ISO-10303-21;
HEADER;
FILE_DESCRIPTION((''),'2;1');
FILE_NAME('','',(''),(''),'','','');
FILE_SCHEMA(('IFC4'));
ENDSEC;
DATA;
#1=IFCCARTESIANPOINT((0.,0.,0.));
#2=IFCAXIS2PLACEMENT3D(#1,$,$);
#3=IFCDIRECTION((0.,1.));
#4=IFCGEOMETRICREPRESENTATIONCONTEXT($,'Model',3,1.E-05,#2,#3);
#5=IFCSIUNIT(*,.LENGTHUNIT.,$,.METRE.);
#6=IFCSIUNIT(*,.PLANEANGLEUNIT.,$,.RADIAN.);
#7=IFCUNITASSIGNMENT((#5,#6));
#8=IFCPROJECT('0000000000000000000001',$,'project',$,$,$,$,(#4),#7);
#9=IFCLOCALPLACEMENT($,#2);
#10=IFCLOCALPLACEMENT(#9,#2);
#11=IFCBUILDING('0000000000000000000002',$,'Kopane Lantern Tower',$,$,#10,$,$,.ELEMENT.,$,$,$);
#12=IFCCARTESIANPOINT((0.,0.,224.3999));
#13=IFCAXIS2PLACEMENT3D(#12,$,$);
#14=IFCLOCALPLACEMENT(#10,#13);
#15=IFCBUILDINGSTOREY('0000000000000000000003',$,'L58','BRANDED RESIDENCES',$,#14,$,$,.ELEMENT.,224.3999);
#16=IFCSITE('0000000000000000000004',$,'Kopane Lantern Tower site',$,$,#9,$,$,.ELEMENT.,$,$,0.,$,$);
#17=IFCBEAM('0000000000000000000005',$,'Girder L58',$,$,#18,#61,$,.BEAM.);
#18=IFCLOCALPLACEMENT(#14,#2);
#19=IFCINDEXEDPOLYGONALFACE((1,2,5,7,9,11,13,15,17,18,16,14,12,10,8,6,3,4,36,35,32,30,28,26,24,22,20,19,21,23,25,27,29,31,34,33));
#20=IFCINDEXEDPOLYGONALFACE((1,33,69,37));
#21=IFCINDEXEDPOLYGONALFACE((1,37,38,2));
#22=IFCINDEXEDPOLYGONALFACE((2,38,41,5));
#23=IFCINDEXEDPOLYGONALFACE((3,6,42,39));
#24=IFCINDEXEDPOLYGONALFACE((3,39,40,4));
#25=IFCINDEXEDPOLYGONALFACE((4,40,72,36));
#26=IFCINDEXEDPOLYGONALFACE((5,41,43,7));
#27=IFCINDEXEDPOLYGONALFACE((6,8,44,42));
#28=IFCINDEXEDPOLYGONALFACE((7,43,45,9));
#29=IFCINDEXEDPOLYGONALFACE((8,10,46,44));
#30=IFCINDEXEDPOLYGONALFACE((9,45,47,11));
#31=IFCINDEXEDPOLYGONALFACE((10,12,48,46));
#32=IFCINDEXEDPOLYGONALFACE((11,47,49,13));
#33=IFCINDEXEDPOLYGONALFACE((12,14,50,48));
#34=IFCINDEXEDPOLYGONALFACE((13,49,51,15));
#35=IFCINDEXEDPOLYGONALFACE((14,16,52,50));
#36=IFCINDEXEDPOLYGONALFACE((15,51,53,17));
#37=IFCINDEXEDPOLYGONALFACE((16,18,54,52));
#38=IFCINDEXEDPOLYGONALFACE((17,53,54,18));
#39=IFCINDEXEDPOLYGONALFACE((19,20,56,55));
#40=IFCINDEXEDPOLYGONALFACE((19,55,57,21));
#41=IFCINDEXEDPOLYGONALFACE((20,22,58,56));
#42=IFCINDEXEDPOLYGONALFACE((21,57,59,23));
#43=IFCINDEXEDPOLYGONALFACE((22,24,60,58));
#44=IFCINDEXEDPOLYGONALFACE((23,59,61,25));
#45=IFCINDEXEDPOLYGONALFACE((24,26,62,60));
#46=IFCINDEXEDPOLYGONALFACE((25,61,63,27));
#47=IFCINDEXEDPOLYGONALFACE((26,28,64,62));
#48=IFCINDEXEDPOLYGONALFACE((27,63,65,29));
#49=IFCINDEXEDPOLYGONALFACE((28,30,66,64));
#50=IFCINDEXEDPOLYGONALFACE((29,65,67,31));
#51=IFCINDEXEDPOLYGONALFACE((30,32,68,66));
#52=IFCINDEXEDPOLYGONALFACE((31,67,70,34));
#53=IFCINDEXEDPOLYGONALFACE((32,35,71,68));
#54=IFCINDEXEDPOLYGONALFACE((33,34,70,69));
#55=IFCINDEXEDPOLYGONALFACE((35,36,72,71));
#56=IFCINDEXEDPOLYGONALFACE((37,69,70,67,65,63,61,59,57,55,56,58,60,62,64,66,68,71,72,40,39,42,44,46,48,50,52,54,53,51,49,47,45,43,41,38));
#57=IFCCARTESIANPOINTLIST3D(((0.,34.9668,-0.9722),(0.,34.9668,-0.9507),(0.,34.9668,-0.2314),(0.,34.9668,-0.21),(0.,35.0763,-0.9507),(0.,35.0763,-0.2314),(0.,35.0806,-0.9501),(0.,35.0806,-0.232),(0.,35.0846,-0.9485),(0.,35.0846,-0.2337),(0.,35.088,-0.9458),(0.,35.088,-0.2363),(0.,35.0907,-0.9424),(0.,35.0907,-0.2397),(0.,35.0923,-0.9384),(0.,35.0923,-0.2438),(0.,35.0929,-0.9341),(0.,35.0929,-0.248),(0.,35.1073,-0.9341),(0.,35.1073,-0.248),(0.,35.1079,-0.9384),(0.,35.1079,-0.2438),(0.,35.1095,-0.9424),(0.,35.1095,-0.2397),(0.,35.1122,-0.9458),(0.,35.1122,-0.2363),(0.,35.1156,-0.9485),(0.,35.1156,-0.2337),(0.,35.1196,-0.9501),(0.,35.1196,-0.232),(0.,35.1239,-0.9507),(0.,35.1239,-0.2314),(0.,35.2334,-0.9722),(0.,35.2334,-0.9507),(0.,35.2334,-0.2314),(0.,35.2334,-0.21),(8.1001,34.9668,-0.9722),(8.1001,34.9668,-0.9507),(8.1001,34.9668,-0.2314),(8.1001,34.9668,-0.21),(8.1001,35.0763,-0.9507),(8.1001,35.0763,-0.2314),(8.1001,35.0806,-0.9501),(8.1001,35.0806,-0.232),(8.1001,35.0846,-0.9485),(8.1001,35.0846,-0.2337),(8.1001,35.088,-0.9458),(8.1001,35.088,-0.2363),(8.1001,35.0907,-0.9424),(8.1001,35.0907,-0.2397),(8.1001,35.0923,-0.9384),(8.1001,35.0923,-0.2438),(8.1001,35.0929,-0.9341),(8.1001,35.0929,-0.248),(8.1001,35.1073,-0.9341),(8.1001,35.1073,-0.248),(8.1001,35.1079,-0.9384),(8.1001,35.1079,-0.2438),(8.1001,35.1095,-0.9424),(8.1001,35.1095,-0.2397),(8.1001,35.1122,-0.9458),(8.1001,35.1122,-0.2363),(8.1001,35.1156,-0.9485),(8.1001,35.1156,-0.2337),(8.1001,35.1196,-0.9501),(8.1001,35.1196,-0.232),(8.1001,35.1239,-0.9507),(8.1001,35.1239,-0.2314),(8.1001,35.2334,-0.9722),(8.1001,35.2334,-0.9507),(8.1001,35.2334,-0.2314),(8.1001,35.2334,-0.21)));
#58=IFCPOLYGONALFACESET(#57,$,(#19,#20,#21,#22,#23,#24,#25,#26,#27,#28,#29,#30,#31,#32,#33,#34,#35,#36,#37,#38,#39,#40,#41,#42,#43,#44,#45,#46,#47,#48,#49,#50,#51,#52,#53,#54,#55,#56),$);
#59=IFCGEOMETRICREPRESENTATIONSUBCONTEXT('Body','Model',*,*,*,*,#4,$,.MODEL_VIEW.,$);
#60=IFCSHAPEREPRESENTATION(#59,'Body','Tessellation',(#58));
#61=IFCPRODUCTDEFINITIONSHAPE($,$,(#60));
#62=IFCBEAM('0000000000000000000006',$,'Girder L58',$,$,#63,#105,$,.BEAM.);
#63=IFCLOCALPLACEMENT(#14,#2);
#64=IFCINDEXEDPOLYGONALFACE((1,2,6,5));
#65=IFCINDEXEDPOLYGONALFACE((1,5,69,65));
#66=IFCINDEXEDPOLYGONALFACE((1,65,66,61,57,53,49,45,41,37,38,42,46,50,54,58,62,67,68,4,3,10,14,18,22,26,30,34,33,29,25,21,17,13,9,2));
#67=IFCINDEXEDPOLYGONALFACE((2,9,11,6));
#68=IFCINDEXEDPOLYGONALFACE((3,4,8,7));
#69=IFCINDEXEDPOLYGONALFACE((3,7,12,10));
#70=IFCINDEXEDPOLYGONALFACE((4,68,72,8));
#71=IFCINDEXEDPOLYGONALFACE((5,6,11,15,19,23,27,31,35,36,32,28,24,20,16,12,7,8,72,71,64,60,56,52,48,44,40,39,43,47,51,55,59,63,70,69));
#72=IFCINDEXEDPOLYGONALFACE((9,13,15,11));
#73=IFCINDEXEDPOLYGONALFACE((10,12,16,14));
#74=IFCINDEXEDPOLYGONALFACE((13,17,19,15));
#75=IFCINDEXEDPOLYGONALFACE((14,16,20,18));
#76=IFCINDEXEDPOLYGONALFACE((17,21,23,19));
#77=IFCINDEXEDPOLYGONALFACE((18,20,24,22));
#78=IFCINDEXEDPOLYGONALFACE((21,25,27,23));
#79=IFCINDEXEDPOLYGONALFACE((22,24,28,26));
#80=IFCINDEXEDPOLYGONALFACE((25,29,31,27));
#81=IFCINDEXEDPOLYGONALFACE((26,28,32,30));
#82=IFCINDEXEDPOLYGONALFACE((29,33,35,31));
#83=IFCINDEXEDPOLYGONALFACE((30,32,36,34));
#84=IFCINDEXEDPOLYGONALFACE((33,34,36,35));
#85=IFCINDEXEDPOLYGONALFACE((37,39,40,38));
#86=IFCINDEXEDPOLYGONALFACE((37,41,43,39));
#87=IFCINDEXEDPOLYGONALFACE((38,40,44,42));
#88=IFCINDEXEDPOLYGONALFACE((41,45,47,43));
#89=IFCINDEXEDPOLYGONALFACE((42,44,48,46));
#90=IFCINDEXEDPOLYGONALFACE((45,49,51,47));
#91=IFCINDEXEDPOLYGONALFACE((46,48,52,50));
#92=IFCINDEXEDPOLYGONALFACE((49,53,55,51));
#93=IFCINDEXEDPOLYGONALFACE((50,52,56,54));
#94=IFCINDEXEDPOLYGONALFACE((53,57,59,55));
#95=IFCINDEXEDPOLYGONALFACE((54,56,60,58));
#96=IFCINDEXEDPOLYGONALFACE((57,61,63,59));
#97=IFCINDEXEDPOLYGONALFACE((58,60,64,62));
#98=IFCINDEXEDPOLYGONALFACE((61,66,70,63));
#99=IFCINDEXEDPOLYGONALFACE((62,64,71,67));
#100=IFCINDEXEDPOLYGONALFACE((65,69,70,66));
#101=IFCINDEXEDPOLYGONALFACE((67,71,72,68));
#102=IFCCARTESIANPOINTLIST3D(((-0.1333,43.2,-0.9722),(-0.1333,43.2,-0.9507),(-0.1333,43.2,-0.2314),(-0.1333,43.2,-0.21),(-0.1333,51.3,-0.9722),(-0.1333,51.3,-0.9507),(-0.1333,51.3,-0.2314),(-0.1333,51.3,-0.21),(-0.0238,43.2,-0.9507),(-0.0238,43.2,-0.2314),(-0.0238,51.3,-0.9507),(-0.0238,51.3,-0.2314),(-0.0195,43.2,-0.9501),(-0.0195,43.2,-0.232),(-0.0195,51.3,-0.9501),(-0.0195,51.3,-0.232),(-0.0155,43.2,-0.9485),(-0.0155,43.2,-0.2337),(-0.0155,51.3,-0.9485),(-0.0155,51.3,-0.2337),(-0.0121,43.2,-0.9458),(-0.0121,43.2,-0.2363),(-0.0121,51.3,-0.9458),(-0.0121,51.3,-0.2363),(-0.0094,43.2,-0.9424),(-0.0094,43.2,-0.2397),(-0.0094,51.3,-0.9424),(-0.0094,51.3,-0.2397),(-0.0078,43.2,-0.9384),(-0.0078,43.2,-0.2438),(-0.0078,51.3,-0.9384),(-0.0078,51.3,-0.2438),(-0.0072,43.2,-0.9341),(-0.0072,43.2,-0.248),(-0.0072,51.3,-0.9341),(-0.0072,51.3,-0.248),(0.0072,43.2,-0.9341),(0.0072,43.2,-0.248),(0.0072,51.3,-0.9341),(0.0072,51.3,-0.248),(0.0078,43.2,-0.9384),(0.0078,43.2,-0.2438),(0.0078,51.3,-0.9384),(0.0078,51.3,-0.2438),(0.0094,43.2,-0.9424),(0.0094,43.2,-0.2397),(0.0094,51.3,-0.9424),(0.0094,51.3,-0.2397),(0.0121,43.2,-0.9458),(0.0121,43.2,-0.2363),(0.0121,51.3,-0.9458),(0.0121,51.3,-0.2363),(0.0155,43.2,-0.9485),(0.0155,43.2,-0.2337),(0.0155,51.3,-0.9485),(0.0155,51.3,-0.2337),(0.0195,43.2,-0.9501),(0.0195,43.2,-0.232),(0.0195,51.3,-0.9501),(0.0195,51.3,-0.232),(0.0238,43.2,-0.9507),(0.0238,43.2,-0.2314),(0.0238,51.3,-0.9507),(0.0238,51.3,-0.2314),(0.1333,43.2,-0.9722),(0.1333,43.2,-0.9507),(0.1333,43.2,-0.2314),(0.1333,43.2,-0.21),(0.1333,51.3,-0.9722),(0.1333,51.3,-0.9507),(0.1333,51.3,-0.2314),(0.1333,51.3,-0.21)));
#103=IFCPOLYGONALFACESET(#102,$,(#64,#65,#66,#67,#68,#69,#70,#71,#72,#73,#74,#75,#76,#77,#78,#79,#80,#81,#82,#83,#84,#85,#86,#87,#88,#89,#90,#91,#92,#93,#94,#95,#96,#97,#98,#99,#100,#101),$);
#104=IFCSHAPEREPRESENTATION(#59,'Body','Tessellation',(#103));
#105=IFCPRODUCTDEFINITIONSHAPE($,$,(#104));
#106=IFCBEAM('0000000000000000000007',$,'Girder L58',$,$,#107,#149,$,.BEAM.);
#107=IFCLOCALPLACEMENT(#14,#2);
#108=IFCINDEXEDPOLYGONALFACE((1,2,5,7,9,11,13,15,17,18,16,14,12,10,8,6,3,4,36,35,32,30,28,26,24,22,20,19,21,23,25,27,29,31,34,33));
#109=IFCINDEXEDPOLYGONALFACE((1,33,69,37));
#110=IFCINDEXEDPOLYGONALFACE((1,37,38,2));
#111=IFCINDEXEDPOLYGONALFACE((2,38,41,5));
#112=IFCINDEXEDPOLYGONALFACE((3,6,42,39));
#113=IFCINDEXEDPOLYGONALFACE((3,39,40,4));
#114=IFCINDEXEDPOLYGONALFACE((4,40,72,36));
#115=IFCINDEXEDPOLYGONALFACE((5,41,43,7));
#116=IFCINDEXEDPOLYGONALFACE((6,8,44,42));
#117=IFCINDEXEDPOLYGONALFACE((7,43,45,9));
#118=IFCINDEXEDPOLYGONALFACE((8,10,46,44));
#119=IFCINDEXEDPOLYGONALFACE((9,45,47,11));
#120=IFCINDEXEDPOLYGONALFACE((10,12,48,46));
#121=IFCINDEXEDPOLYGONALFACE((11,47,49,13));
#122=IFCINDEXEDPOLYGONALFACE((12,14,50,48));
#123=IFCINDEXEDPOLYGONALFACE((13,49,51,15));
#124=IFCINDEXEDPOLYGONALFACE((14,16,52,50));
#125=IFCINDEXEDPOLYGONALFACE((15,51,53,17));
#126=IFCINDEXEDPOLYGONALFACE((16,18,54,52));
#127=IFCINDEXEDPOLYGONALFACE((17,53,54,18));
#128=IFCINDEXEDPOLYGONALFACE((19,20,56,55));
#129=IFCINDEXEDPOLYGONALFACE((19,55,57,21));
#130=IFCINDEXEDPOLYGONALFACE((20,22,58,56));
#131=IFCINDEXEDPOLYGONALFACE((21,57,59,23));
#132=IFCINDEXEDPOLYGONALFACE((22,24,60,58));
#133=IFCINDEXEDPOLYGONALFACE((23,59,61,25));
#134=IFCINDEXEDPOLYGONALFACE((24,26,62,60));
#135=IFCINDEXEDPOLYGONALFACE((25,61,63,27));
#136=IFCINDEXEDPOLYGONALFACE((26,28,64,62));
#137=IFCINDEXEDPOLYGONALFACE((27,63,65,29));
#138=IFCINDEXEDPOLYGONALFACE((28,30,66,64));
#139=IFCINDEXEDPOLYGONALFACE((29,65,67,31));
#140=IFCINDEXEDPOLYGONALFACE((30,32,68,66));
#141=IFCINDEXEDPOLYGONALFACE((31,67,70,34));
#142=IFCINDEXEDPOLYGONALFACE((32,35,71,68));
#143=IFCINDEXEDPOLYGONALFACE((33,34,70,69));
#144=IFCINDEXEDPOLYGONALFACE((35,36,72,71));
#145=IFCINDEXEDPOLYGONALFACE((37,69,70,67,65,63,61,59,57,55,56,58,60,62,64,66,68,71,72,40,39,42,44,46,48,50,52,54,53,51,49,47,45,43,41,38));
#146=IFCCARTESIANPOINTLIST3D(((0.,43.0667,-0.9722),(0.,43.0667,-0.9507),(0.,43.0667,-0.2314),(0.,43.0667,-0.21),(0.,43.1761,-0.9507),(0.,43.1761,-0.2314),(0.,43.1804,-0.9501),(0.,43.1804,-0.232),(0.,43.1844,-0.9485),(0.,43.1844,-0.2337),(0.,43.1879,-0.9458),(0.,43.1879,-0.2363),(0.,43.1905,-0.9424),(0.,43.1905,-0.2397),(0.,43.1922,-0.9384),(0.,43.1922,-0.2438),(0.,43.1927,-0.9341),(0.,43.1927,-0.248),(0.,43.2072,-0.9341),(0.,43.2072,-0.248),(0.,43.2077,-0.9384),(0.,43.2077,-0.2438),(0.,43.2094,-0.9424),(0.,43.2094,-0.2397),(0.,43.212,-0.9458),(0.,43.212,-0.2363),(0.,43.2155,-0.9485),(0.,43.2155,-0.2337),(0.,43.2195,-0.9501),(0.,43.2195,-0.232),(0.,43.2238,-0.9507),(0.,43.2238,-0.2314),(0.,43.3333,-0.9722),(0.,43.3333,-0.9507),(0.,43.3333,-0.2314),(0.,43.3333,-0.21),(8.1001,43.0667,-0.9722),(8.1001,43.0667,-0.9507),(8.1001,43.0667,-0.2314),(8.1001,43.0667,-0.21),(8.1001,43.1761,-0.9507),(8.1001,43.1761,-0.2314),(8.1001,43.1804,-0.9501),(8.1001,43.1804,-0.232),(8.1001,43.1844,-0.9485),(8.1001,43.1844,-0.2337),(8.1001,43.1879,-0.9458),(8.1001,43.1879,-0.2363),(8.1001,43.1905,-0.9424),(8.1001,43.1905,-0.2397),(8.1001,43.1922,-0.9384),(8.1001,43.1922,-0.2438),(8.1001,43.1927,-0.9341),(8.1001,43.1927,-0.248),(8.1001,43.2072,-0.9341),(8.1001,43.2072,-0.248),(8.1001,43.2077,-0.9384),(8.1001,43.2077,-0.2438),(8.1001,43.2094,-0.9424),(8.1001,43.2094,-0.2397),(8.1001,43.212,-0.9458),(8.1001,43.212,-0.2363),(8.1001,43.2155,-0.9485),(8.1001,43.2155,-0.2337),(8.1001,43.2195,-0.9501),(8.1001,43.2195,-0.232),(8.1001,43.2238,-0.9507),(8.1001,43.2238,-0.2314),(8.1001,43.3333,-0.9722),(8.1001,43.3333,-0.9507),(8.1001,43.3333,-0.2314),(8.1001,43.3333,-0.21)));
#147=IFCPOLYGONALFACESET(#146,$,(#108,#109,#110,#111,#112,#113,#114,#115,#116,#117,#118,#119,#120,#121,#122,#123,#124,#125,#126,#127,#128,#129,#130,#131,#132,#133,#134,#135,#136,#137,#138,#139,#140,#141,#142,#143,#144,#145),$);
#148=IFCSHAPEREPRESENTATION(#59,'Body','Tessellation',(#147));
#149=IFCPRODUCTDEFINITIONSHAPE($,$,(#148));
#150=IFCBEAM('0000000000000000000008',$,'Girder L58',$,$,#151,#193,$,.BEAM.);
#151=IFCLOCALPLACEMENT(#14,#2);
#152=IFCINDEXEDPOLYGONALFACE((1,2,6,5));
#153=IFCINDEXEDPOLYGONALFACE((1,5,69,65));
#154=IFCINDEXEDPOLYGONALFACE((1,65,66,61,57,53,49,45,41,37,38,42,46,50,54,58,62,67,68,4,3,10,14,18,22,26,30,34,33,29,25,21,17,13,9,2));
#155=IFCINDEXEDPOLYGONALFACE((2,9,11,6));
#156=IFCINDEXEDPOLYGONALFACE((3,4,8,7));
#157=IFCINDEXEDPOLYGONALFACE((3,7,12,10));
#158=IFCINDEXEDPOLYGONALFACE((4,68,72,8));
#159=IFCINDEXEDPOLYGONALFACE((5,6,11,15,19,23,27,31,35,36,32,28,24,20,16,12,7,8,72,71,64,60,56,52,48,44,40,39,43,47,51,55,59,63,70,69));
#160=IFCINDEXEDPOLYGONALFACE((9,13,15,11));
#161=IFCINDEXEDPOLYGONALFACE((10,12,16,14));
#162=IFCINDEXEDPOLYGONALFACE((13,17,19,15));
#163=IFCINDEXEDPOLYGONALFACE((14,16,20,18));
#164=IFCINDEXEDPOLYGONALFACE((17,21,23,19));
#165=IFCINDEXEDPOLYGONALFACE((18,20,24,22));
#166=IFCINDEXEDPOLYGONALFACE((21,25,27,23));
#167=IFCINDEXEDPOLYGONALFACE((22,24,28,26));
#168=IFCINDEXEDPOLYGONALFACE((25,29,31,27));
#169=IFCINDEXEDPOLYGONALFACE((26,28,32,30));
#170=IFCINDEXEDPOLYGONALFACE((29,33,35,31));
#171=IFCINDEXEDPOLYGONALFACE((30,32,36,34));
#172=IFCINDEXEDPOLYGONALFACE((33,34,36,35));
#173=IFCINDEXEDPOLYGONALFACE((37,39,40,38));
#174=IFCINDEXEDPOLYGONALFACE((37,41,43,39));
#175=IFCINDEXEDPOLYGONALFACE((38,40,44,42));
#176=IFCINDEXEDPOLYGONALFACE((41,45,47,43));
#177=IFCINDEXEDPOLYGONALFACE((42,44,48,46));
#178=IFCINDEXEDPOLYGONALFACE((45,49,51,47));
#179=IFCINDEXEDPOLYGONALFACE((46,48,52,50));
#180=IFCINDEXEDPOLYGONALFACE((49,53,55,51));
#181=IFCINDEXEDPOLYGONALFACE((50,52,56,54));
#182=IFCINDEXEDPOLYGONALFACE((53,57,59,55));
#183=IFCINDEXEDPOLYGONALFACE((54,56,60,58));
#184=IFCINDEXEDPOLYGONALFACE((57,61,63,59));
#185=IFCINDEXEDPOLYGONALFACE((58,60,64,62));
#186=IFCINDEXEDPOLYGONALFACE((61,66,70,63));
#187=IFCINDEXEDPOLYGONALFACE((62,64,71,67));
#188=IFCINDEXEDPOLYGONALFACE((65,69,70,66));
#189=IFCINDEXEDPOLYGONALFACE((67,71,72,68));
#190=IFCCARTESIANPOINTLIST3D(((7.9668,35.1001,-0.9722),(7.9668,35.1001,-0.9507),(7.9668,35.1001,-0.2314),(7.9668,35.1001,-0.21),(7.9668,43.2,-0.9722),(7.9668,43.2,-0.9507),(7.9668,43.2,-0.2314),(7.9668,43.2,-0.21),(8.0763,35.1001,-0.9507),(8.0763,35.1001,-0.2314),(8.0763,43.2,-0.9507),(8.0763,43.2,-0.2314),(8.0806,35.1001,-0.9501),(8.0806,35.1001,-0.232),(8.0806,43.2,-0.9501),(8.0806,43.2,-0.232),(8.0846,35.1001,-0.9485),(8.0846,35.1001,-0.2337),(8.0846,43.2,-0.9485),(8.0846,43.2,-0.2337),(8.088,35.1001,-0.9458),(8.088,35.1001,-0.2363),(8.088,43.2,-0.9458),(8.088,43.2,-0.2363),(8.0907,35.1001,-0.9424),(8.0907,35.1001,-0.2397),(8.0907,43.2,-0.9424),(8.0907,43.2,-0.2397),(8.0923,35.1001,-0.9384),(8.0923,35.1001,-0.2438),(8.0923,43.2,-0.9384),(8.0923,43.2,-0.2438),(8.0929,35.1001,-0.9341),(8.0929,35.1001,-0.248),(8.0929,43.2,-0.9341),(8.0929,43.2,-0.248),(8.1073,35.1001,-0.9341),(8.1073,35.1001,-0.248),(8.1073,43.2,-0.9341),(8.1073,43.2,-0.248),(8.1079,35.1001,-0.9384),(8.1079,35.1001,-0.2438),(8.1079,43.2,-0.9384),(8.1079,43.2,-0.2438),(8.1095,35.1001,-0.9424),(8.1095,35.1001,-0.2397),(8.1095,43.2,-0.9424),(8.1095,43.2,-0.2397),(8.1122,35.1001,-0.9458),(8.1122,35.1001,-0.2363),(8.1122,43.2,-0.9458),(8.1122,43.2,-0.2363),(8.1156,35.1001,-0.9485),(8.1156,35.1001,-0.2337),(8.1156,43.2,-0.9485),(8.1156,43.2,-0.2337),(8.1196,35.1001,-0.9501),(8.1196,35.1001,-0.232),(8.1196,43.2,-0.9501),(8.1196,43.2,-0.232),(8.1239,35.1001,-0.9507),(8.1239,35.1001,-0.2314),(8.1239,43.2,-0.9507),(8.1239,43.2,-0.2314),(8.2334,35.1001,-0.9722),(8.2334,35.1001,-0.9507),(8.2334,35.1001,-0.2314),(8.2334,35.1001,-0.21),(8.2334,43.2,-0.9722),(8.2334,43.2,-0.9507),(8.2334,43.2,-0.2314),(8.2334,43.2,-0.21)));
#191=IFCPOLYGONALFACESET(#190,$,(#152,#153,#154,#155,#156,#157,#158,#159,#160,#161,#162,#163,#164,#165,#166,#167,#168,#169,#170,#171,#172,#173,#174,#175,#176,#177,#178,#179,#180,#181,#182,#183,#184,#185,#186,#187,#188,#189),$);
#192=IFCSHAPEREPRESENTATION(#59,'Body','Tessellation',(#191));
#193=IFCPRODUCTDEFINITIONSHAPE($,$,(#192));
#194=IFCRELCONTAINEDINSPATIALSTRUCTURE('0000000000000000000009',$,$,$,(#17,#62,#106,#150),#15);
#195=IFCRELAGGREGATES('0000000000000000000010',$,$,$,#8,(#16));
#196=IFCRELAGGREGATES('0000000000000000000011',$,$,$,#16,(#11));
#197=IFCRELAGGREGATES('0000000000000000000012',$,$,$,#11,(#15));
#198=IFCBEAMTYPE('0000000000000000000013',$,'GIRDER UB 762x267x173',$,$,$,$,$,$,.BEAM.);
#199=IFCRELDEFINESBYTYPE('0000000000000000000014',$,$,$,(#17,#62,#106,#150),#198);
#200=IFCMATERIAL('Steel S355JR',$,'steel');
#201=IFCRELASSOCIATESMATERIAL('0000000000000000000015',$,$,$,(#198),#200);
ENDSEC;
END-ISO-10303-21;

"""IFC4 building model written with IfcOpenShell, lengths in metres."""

from ifc_helpers import new_model, si_unit, direction, frame, origin, origin_2d, place, context, subcontext, project, spatial, i_section, extrude, material, material_profile, profile_set, type_object, element, save


model = new_model("IFC4")

# Units and contexts
model_context = context("Model", 3, precision=1e-05, world=origin(), true_north=direction((0.0, 1.0)))
body_context = subcontext(model_context, "Body", "Model", "MODEL_VIEW")
ifc_project = project(units=[si_unit("LENGTHUNIT", "METRE"), si_unit("PLANEANGLEUNIT", "RADIAN")], contexts=[model_context])

# Site, building, storey
site_placement = place(None, origin())
site = spatial("IfcSite", under=ifc_project, at=site_placement, Name="Kopane Lantern Tower site", CompositionType="ELEMENT", RefElevation=0.0)
building_placement = place(site_placement, origin())
building = spatial("IfcBuilding", under=site, at=building_placement, Name="Kopane Lantern Tower", CompositionType="ELEMENT")
storey_placement = place(building_placement, frame((0.0, 0.0, 224.3999)))
storey = spatial("IfcBuildingStorey", under=building, at=storey_placement, Name="L58", Description="BRANDED RESIDENCES", CompositionType="ELEMENT", Elevation=224.3999)

# Beams
ifc_material_1 = material(Name="Steel S355JR", Category="steel")
ifc_material_profile_1 = material_profile(ifc_material_1, i_section(OverallWidth=0.2666, OverallDepth=0.7622, WebThickness=0.0144, FlangeThickness=0.0215, FilletRadius=0.0166, at=origin_2d()), Name="UB 762x267x173")
ifc_profile_set_1 = profile_set([ifc_material_profile_1], Name="Steel S355JR")
beam_type = type_object("IfcBeamType", Name="GIRDER UB 762x267x173", PredefinedType="BEAM", material=ifc_profile_set_1)
for number, where, z_axis, x_axis, name in (
    (1, (0.0, 35.1001, -0.5911), (1.0, 0.0, 0.0), (0.0, 1.0, 0.0), "Girder L58"),
    (2, (0.0, 43.2, -0.5911), (0.0, 1.0, 0.0), (-1.0, 0.0, 0.0), "Girder L58"),
    (3, (0.0, 43.2, -0.5911), (1.0, 0.0, 0.0), (0.0, 1.0, 0.0), "Girder L58"),
):
    element("IfcBeam", number, at=place(storey_placement, frame(where, z_axis=z_axis, x_axis=x_axis)), inside=storey, type_object=beam_type, Name=name, PredefinedType="BEAM", context=body_context, shape_type="SweptSolid", body=[
        extrude(i_section(OverallWidth=0.2666, OverallDepth=0.7622, WebThickness=0.0144, FlangeThickness=0.0215, FilletRadius=0.0166, at=origin_2d()), origin(), (0.0, 0.0, 1.0), 8.1001),
    ])
for number, where, z_axis, x_axis, name in (
    (4, (8.1001, 35.1001, -0.5911), (0.0, 1.0, 0.0), (-1.0, 0.0, 0.0), "Girder L58"),
):
    element("IfcBeam", number, at=place(storey_placement, frame(where, z_axis=z_axis, x_axis=x_axis)), inside=storey, type_object=beam_type, Name=name, PredefinedType="BEAM", context=body_context, shape_type="SweptSolid", body=[
        extrude(i_section(OverallWidth=0.2666, OverallDepth=0.7622, WebThickness=0.0144, FlangeThickness=0.0215, FilletRadius=0.0166, at=origin_2d()), origin(), (0.0, 0.0, 1.0), 8.0999),
    ])

save(model, "model.ifc")
